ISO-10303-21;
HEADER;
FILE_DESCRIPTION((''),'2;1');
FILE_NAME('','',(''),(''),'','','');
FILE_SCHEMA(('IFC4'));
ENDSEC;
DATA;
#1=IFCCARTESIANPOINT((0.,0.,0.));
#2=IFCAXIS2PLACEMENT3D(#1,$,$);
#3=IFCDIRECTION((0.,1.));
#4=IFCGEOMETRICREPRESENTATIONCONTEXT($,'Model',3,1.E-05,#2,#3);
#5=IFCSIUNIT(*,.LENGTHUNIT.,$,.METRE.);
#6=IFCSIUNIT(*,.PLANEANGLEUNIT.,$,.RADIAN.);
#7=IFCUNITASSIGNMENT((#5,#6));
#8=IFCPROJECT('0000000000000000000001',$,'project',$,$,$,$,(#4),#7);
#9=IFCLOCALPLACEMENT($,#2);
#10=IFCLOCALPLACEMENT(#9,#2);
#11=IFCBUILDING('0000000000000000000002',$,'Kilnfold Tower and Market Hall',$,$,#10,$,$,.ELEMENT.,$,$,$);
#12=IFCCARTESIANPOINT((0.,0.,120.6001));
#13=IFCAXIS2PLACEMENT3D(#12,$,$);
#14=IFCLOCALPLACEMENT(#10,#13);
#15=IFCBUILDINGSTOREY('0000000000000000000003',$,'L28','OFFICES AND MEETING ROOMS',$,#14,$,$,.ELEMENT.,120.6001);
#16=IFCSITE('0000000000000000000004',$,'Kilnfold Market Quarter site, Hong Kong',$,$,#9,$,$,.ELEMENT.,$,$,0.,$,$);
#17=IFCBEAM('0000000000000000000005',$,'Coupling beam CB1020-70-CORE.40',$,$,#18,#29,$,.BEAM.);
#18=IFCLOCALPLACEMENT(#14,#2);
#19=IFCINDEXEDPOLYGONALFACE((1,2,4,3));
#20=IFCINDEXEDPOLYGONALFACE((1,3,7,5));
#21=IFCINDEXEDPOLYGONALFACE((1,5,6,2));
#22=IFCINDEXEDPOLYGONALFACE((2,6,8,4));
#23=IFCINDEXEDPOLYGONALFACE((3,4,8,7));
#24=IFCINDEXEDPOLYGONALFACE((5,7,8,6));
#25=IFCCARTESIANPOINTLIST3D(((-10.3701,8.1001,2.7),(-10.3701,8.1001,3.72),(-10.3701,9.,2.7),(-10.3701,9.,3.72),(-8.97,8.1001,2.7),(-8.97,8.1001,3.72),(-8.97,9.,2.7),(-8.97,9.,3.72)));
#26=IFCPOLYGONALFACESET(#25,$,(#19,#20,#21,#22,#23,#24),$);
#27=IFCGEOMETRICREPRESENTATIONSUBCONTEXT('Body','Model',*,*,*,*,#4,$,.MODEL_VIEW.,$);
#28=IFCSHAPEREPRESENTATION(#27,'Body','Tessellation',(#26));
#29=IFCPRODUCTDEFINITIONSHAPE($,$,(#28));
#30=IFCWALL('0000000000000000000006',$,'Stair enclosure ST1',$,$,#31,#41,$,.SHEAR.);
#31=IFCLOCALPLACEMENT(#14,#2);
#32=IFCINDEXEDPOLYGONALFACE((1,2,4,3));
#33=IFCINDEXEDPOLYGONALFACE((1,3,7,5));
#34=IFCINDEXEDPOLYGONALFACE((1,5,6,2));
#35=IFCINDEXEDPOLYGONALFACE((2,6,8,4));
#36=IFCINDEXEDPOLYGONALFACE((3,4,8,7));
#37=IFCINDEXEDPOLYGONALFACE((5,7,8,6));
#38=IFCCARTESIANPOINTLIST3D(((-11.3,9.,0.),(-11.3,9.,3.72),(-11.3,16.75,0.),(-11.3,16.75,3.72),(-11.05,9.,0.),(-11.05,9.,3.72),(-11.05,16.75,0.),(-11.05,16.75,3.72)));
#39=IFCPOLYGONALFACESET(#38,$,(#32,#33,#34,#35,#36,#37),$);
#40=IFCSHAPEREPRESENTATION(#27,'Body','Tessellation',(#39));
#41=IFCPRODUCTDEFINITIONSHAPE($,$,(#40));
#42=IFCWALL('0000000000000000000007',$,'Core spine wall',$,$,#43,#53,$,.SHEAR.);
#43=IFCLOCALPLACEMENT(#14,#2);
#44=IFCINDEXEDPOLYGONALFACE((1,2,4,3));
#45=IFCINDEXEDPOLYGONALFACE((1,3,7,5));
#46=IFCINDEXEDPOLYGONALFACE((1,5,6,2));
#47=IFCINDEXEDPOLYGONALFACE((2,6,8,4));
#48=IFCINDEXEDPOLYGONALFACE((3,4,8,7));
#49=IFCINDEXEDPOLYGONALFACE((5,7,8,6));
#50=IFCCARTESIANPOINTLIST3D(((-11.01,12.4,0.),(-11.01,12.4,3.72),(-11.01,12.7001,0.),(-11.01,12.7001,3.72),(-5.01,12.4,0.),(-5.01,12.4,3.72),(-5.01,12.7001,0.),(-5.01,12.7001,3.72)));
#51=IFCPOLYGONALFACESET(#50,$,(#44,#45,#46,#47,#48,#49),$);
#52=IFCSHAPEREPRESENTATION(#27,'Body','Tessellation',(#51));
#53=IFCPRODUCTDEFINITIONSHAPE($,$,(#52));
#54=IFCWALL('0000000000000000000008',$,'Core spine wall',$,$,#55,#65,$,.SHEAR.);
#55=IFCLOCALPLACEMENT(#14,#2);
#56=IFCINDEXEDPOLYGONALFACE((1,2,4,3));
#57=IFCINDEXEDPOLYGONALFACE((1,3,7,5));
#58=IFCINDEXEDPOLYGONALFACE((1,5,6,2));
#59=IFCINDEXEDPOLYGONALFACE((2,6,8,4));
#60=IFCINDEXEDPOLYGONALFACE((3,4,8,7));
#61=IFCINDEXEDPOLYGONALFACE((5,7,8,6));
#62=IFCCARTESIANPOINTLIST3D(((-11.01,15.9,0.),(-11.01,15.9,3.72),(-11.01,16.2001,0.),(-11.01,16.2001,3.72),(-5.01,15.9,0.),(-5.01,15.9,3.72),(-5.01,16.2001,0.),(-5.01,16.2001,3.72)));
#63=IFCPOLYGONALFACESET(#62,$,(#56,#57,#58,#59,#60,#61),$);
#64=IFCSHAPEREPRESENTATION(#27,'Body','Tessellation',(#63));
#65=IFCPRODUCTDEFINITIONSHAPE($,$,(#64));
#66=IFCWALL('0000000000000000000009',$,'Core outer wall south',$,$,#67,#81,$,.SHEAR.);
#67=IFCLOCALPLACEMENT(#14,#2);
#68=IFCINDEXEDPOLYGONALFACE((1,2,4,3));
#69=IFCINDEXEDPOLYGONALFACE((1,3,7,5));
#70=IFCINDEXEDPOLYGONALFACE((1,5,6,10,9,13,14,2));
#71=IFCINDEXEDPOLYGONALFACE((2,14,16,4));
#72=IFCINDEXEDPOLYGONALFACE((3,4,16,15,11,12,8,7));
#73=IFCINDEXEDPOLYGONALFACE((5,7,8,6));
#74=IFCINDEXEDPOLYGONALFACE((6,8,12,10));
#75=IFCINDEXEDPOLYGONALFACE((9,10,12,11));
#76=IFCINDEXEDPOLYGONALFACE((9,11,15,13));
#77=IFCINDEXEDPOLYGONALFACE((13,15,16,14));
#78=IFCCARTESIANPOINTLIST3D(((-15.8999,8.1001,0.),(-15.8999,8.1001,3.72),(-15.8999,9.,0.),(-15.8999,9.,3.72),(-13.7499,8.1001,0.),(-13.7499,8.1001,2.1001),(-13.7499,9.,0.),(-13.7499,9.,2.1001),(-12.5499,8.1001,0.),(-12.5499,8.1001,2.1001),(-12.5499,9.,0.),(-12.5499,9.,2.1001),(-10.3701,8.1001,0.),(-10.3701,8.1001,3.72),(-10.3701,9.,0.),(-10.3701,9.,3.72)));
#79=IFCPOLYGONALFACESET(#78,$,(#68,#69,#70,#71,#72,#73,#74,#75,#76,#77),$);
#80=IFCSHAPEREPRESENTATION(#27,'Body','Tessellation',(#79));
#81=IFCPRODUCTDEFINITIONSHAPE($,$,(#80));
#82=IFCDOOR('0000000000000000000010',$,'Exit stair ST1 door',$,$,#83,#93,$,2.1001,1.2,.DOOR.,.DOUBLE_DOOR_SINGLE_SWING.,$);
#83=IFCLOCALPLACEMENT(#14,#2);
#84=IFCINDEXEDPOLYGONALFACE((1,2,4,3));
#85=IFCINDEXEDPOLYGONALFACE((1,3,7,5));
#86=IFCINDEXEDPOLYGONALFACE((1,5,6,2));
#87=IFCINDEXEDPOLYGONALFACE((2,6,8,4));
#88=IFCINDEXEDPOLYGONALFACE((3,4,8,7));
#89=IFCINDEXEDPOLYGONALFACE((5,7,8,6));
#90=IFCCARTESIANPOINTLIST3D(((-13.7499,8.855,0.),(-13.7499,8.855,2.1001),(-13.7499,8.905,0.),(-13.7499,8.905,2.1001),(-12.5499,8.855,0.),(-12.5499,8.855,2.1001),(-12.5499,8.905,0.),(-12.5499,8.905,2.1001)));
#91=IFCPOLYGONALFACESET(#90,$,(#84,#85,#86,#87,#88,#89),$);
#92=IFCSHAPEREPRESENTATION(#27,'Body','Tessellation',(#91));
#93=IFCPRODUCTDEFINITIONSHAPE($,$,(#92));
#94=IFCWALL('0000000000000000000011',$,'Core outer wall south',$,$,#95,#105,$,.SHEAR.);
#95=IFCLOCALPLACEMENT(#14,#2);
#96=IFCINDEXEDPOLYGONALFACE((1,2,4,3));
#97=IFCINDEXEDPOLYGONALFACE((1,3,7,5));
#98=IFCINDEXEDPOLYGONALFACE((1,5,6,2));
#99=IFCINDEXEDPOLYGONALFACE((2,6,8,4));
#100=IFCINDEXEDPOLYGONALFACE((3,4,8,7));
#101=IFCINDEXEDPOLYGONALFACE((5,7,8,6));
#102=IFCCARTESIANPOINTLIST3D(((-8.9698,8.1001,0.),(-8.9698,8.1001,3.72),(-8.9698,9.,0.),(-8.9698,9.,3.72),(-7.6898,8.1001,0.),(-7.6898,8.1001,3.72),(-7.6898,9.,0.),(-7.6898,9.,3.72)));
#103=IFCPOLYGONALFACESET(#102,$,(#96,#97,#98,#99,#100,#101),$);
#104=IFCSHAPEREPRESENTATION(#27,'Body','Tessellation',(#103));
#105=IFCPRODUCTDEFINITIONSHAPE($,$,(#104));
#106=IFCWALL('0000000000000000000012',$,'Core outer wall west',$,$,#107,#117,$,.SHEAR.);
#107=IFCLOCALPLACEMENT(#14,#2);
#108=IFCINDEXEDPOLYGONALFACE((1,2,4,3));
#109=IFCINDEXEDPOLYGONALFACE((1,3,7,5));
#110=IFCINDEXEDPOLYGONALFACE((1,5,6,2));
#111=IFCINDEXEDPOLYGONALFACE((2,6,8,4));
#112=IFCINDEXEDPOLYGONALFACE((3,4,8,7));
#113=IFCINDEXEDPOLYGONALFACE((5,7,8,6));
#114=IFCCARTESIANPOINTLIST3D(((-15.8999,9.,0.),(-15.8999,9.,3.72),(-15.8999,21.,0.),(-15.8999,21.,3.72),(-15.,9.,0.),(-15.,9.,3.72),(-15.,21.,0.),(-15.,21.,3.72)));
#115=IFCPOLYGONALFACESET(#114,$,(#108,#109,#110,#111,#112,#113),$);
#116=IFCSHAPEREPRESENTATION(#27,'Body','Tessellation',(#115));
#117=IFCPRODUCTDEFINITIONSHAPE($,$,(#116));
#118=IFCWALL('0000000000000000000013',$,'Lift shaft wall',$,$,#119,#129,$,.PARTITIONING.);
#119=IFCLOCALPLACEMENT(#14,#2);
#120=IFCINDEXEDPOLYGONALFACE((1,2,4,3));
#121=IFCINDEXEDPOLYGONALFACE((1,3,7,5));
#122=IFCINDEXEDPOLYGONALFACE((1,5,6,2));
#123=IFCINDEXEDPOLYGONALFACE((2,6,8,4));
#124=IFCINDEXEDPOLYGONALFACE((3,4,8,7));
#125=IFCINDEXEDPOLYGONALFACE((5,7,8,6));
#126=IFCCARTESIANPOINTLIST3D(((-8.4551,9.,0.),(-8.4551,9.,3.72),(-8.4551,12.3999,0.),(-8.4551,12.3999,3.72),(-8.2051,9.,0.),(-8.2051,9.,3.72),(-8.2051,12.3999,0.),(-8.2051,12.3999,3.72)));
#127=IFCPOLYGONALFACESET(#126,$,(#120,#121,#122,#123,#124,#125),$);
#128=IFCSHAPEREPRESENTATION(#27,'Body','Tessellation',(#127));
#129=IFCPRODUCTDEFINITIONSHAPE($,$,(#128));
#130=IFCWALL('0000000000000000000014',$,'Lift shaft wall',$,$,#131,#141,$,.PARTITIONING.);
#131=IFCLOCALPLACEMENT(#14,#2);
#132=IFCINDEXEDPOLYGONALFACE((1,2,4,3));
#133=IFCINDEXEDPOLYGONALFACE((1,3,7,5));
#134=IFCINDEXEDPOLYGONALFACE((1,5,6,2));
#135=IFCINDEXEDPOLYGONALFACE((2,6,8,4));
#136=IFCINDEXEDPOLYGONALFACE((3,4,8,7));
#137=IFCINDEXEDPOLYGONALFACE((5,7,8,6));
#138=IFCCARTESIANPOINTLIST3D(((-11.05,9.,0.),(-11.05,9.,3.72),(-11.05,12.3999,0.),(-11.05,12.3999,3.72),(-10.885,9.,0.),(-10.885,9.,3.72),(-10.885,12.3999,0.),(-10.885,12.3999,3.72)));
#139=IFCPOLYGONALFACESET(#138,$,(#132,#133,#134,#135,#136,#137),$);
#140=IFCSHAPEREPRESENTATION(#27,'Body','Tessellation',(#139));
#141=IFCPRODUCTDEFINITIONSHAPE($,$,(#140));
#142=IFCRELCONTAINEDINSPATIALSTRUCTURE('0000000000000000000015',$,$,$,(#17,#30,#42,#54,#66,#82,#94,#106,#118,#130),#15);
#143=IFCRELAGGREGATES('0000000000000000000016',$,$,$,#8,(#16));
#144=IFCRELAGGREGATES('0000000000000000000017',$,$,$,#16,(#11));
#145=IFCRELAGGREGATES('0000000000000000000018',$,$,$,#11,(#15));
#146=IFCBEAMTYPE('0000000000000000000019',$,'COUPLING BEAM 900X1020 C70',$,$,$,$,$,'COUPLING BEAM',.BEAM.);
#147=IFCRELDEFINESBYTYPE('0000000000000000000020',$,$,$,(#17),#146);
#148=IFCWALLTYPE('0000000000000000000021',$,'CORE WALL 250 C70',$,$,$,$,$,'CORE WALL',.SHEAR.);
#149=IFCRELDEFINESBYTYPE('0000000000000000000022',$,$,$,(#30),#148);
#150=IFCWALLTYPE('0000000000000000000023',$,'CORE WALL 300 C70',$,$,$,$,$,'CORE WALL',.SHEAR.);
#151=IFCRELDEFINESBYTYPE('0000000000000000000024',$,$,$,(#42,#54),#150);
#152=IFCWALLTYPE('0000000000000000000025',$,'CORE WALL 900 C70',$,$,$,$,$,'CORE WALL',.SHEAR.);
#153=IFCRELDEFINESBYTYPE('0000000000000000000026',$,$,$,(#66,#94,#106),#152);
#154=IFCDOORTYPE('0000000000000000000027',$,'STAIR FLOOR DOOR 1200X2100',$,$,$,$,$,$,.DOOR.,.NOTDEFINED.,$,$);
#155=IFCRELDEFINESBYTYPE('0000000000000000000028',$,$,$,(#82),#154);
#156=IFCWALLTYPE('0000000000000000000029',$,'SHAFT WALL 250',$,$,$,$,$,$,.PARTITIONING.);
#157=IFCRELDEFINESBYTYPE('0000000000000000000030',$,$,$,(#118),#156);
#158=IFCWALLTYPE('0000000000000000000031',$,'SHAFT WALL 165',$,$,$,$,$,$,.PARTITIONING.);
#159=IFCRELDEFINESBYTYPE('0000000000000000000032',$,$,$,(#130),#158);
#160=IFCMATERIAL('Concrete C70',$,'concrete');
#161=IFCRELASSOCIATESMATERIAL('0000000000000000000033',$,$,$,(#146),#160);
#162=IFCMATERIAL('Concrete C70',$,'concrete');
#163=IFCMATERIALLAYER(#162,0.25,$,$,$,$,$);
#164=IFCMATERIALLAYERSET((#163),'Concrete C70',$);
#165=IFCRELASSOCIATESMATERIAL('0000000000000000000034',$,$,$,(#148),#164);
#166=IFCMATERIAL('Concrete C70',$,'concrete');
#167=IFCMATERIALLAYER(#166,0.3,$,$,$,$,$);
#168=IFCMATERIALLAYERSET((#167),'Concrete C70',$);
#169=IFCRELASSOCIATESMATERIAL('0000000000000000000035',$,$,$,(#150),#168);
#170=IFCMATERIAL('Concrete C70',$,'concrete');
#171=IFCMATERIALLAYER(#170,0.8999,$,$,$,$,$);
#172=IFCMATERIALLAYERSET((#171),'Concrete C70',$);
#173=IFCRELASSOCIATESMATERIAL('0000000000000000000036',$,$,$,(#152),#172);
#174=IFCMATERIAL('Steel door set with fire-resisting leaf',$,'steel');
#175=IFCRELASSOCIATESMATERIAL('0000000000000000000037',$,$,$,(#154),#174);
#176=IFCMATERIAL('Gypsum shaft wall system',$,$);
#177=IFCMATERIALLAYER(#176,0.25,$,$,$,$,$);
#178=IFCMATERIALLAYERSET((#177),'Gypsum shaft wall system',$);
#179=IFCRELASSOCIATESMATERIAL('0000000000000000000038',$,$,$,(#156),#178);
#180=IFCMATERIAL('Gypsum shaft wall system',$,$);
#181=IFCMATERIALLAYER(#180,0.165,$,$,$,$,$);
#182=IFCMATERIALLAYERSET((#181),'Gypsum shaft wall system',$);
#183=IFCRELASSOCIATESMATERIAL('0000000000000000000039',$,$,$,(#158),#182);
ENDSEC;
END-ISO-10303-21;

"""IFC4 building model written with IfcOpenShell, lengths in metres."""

from ifc_helpers import new_model, si_unit, direction, frame, frame_2d, origin, origin_2d, place, context, subcontext, project, spatial, rectangle, extrude, source, transform, mapped, material, layer, layer_set, material_profile, profile_set, type_object, element, fill, save


model = new_model("IFC4")

# Units and contexts
model_context = context("Model", 3, precision=1e-05, world=origin(), true_north=direction((0.0, 1.0)))
body_context = subcontext(model_context, "Body", "Model", "MODEL_VIEW")
ifc_project = project(units=[si_unit("LENGTHUNIT", "METRE"), si_unit("PLANEANGLEUNIT", "RADIAN")], contexts=[model_context])

# Site, building, storey
site_placement = place(None, origin())
site = spatial("IfcSite", under=ifc_project, at=site_placement, Name="Kilnfold Market Quarter site, Hong Kong", CompositionType="ELEMENT", RefElevation=0.0)
building_placement = place(site_placement, origin())
building = spatial("IfcBuilding", under=site, at=building_placement, Name="Kilnfold Tower and Market Hall", CompositionType="ELEMENT")
storey_placement = place(building_placement, frame((0.0, 0.0, 120.6001)))
storey = spatial("IfcBuildingStorey", under=building, at=storey_placement, Name="L28", Description="OFFICES AND MEETING ROOMS", CompositionType="ELEMENT", Elevation=120.6001)

# Beam
ifc_material_1 = material(Name="Concrete C70", Category="concrete")
ifc_material_profile = material_profile(ifc_material_1, rectangle(XDim=0.8999, YDim=1.02, at=origin_2d()), Name="RC 900x1020")
ifc_profile_set = profile_set([ifc_material_profile], Name="Concrete C70")
beam_type = type_object("IfcBeamType", Name="COUPLING BEAM 900X1020 C70", ElementType="COUPLING BEAM", PredefinedType="BEAM", material=ifc_profile_set)
shared_shape_1 = source(origin(), body_context, "Body", "SweptSolid", [
    extrude(rectangle(XDim=0.8999, YDim=1.02, at=origin_2d()), origin(), (0.0, 0.0, 1.0), 1.4001),
])
beam_placement = place(storey_placement, frame((-10.3701, 8.55, 3.21), z_axis=(1.0, 0.0, 0.0), x_axis=(0.0, 1.0, 0.0)))
element("IfcBeam", 1, at=beam_placement, inside=storey, type_object=beam_type, Name="Coupling beam CB1020-70-CORE.40", PredefinedType="BEAM", context=body_context, shape_type="MappedRepresentation", body=[
    mapped(shared_shape_1, transform((0.0, 0.0, 0.0))),
])

# Walls
ifc_material_2 = material(Name="Concrete C70", Category="concrete")
ifc_layer_1 = layer(ifc_material_2, 0.25)
ifc_layer_set_1 = layer_set([ifc_layer_1], Name="Concrete C70")
wall_type_1 = type_object("IfcWallType", Name="CORE WALL 250 C70", ElementType="CORE WALL", PredefinedType="SHEAR", material=ifc_layer_set_1)
shared_shape_2 = source(origin(), body_context, "Body", "SweptSolid", [
    extrude(rectangle(XDim=7.75, YDim=0.25, at=frame_2d((3.875, 0.0))), origin(), (0.0, 0.0, 1.0), 3.72),
])
wall_1_placement = place(storey_placement, frame((-11.175, 9.0, 0.0), z_axis=(0.0, 0.0, 1.0), x_axis=(0.0, 1.0, 0.0)))
element("IfcWall", 2, at=wall_1_placement, inside=storey, type_object=wall_type_1, Name="Stair enclosure ST1", PredefinedType="SHEAR", context=body_context, shape_type="MappedRepresentation", body=[
    mapped(shared_shape_2, transform((0.0, 0.0, 0.0))),
])
ifc_material_3 = material(Name="Concrete C70", Category="concrete")
ifc_layer_2 = layer(ifc_material_3, 0.3)
ifc_layer_set_2 = layer_set([ifc_layer_2], Name="Concrete C70")
wall_type_2 = type_object("IfcWallType", Name="CORE WALL 300 C70", ElementType="CORE WALL", PredefinedType="SHEAR", material=ifc_layer_set_2)
shared_shape_3 = source(origin(), body_context, "Body", "SweptSolid", [
    extrude(rectangle(XDim=6.0, YDim=0.3, at=frame_2d((3.0, 0.0))), origin(), (0.0, 0.0, 1.0), 3.72),
])
for number, where, z_axis, x_axis, name in (
    (3, (-11.01, 12.55, 0.0), (0.0, 0.0, 1.0), (1.0, 0.0, 0.0), "Core spine wall"),
    (4, (-11.01, 16.05, 0.0), (0.0, 0.0, 1.0), (1.0, 0.0, 0.0), "Core spine wall"),
):
    element("IfcWall", number, at=place(storey_placement, frame(where, z_axis=z_axis, x_axis=x_axis)), inside=storey, type_object=wall_type_2, Name=name, PredefinedType="SHEAR", context=body_context, shape_type="MappedRepresentation", body=[
        mapped(shared_shape_3, transform((0.0, 0.0, 0.0))),
    ])

# Wall, opening, door
ifc_material_4 = material(Name="Concrete C70", Category="concrete")
ifc_layer_3 = layer(ifc_material_4, 0.8999)
ifc_layer_set_3 = layer_set([ifc_layer_3], Name="Concrete C70")
wall_type_3 = type_object("IfcWallType", Name="CORE WALL 900 C70", ElementType="CORE WALL", PredefinedType="SHEAR", material=ifc_layer_set_3)
shared_shape_4 = source(origin(), body_context, "Body", "SweptSolid", [
    extrude(rectangle(XDim=5.5298, YDim=0.8999, at=frame_2d((2.7649, 0.0))), origin(), (0.0, 0.0, 1.0), 3.72),
])
wall_2_placement = place(storey_placement, frame((-15.8999, 8.55, 0.0), z_axis=(0.0, 0.0, 1.0), x_axis=(1.0, 0.0, 0.0)))
wall_2 = element("IfcWall", 5, at=wall_2_placement, inside=storey, type_object=wall_type_3, Name="Core outer wall south", PredefinedType="SHEAR", context=body_context, shape_type="MappedRepresentation", body=[
    mapped(shared_shape_4, transform((0.0, 0.0, 0.0))),
])
opening_1_placement = place(wall_2_placement, frame((2.1499, 0.0, 0.0)))
opening_1 = element("IfcOpeningElement", 6, at=opening_1_placement, cuts=wall_2, PredefinedType="OPENING", context=body_context, shape_type="SweptSolid", body=[
    extrude(rectangle(XDim=1.2, YDim=2.1001, at=frame_2d((0.6001, 1.05))), frame((0.0, 0.46, 0.0), z_axis=(0.0, -1.0, 0.0), x_axis=(1.0, 0.0, 0.0)), (0.0, 0.0, 1.0), 0.9199),
])
ifc_material_5 = material(Name="Steel door set with fire-resisting leaf", Category="steel")
door_type_1 = type_object("IfcDoorType", Name="STAIR FLOOR DOOR 1200X2100", OperationType="NOTDEFINED", PredefinedType="DOOR", material=ifc_material_5)
door_1_placement = place(opening_1_placement, origin())
door_1 = element("IfcDoor", 7, at=door_1_placement, inside=storey, type_object=door_type_1, Name="Exit stair ST1 door", OperationType="DOUBLE_DOOR_SINGLE_SWING", OverallHeight=2.1001, OverallWidth=1.2, PredefinedType="DOOR", context=body_context, shape_type="SweptSolid", body=[
    extrude(rectangle(XDim=1.2, YDim=2.1001, at=frame_2d((0.6001, 1.05))), frame((0.0, 0.355, 0.0), z_axis=(0.0, -1.0, 0.0), x_axis=(1.0, 0.0, 0.0)), (0.0, 0.0, 1.0), 0.05),
])
fill(opening_1, door_1)

# Walls
shared_shape_5 = source(origin(), body_context, "Body", "SweptSolid", [
    extrude(rectangle(XDim=1.28, YDim=0.8999, at=frame_2d((0.6401, 0.0))), origin(), (0.0, 0.0, 1.0), 3.72),
])
wall_3_placement = place(storey_placement, frame((-8.97, 8.55, 0.0), z_axis=(0.0, 0.0, 1.0), x_axis=(1.0, 0.0, 0.0)))
element("IfcWall", 8, at=wall_3_placement, inside=storey, type_object=wall_type_3, Name="Core outer wall south", PredefinedType="SHEAR", context=body_context, shape_type="MappedRepresentation", body=[
    mapped(shared_shape_5, transform((0.0, 0.0, 0.0))),
])
shared_shape_6 = source(origin(), body_context, "Body", "SweptSolid", [
    extrude(rectangle(XDim=12.0, YDim=0.8999, at=frame_2d((6.0, 0.0))), origin(), (0.0, 0.0, 1.0), 3.72),
])
wall_4_placement = place(storey_placement, frame((-15.45, 9.0, 0.0), z_axis=(0.0, 0.0, 1.0), x_axis=(0.0, 1.0, 0.0)))
element("IfcWall", 9, at=wall_4_placement, inside=storey, type_object=wall_type_3, Name="Core outer wall west", PredefinedType="SHEAR", context=body_context, shape_type="MappedRepresentation", body=[
    mapped(shared_shape_6, transform((0.0, 0.0, 0.0))),
])
ifc_material_6 = material(Name="Gypsum shaft wall system")
ifc_layer_4 = layer(ifc_material_6, 0.25)
ifc_layer_set_4 = layer_set([ifc_layer_4], Name="Gypsum shaft wall system")
wall_type_4 = type_object("IfcWallType", Name="SHAFT WALL 250", PredefinedType="PARTITIONING", material=ifc_layer_set_4)
shared_shape_7 = source(origin(), body_context, "Body", "SweptSolid", [
    extrude(rectangle(XDim=3.3999, YDim=0.25, at=frame_2d((1.7, 0.0))), origin(), (0.0, 0.0, 1.0), 3.72),
])
wall_5_placement = place(storey_placement, frame((-8.3301, 9.0, 0.0), z_axis=(0.0, 0.0, 1.0), x_axis=(0.0, 1.0, 0.0)))
element("IfcWall", 10, at=wall_5_placement, inside=storey, type_object=wall_type_4, Name="Lift shaft wall", PredefinedType="PARTITIONING", context=body_context, shape_type="MappedRepresentation", body=[
    mapped(shared_shape_7, transform((0.0, 0.0, 0.0))),
])
ifc_material_7 = material(Name="Gypsum shaft wall system")
ifc_layer_5 = layer(ifc_material_7, 0.165)
ifc_layer_set_5 = layer_set([ifc_layer_5], Name="Gypsum shaft wall system")
wall_type_5 = type_object("IfcWallType", Name="SHAFT WALL 165", PredefinedType="PARTITIONING", material=ifc_layer_set_5)
shared_shape_8 = source(origin(), body_context, "Body", "SweptSolid", [
    extrude(rectangle(XDim=3.3999, YDim=0.165, at=frame_2d((1.7, 0.0))), origin(), (0.0, 0.0, 1.0), 3.72),
])
wall_6_placement = place(storey_placement, frame((-10.9675, 9.0, 0.0), z_axis=(0.0, 0.0, 1.0), x_axis=(0.0, 1.0, 0.0)))
element("IfcWall", 11, at=wall_6_placement, inside=storey, type_object=wall_type_5, Name="Lift shaft wall", PredefinedType="PARTITIONING", context=body_context, shape_type="MappedRepresentation", body=[
    mapped(shared_shape_8, transform((0.0, 0.0, 0.0))),
])

save(model, "model.ifc")
